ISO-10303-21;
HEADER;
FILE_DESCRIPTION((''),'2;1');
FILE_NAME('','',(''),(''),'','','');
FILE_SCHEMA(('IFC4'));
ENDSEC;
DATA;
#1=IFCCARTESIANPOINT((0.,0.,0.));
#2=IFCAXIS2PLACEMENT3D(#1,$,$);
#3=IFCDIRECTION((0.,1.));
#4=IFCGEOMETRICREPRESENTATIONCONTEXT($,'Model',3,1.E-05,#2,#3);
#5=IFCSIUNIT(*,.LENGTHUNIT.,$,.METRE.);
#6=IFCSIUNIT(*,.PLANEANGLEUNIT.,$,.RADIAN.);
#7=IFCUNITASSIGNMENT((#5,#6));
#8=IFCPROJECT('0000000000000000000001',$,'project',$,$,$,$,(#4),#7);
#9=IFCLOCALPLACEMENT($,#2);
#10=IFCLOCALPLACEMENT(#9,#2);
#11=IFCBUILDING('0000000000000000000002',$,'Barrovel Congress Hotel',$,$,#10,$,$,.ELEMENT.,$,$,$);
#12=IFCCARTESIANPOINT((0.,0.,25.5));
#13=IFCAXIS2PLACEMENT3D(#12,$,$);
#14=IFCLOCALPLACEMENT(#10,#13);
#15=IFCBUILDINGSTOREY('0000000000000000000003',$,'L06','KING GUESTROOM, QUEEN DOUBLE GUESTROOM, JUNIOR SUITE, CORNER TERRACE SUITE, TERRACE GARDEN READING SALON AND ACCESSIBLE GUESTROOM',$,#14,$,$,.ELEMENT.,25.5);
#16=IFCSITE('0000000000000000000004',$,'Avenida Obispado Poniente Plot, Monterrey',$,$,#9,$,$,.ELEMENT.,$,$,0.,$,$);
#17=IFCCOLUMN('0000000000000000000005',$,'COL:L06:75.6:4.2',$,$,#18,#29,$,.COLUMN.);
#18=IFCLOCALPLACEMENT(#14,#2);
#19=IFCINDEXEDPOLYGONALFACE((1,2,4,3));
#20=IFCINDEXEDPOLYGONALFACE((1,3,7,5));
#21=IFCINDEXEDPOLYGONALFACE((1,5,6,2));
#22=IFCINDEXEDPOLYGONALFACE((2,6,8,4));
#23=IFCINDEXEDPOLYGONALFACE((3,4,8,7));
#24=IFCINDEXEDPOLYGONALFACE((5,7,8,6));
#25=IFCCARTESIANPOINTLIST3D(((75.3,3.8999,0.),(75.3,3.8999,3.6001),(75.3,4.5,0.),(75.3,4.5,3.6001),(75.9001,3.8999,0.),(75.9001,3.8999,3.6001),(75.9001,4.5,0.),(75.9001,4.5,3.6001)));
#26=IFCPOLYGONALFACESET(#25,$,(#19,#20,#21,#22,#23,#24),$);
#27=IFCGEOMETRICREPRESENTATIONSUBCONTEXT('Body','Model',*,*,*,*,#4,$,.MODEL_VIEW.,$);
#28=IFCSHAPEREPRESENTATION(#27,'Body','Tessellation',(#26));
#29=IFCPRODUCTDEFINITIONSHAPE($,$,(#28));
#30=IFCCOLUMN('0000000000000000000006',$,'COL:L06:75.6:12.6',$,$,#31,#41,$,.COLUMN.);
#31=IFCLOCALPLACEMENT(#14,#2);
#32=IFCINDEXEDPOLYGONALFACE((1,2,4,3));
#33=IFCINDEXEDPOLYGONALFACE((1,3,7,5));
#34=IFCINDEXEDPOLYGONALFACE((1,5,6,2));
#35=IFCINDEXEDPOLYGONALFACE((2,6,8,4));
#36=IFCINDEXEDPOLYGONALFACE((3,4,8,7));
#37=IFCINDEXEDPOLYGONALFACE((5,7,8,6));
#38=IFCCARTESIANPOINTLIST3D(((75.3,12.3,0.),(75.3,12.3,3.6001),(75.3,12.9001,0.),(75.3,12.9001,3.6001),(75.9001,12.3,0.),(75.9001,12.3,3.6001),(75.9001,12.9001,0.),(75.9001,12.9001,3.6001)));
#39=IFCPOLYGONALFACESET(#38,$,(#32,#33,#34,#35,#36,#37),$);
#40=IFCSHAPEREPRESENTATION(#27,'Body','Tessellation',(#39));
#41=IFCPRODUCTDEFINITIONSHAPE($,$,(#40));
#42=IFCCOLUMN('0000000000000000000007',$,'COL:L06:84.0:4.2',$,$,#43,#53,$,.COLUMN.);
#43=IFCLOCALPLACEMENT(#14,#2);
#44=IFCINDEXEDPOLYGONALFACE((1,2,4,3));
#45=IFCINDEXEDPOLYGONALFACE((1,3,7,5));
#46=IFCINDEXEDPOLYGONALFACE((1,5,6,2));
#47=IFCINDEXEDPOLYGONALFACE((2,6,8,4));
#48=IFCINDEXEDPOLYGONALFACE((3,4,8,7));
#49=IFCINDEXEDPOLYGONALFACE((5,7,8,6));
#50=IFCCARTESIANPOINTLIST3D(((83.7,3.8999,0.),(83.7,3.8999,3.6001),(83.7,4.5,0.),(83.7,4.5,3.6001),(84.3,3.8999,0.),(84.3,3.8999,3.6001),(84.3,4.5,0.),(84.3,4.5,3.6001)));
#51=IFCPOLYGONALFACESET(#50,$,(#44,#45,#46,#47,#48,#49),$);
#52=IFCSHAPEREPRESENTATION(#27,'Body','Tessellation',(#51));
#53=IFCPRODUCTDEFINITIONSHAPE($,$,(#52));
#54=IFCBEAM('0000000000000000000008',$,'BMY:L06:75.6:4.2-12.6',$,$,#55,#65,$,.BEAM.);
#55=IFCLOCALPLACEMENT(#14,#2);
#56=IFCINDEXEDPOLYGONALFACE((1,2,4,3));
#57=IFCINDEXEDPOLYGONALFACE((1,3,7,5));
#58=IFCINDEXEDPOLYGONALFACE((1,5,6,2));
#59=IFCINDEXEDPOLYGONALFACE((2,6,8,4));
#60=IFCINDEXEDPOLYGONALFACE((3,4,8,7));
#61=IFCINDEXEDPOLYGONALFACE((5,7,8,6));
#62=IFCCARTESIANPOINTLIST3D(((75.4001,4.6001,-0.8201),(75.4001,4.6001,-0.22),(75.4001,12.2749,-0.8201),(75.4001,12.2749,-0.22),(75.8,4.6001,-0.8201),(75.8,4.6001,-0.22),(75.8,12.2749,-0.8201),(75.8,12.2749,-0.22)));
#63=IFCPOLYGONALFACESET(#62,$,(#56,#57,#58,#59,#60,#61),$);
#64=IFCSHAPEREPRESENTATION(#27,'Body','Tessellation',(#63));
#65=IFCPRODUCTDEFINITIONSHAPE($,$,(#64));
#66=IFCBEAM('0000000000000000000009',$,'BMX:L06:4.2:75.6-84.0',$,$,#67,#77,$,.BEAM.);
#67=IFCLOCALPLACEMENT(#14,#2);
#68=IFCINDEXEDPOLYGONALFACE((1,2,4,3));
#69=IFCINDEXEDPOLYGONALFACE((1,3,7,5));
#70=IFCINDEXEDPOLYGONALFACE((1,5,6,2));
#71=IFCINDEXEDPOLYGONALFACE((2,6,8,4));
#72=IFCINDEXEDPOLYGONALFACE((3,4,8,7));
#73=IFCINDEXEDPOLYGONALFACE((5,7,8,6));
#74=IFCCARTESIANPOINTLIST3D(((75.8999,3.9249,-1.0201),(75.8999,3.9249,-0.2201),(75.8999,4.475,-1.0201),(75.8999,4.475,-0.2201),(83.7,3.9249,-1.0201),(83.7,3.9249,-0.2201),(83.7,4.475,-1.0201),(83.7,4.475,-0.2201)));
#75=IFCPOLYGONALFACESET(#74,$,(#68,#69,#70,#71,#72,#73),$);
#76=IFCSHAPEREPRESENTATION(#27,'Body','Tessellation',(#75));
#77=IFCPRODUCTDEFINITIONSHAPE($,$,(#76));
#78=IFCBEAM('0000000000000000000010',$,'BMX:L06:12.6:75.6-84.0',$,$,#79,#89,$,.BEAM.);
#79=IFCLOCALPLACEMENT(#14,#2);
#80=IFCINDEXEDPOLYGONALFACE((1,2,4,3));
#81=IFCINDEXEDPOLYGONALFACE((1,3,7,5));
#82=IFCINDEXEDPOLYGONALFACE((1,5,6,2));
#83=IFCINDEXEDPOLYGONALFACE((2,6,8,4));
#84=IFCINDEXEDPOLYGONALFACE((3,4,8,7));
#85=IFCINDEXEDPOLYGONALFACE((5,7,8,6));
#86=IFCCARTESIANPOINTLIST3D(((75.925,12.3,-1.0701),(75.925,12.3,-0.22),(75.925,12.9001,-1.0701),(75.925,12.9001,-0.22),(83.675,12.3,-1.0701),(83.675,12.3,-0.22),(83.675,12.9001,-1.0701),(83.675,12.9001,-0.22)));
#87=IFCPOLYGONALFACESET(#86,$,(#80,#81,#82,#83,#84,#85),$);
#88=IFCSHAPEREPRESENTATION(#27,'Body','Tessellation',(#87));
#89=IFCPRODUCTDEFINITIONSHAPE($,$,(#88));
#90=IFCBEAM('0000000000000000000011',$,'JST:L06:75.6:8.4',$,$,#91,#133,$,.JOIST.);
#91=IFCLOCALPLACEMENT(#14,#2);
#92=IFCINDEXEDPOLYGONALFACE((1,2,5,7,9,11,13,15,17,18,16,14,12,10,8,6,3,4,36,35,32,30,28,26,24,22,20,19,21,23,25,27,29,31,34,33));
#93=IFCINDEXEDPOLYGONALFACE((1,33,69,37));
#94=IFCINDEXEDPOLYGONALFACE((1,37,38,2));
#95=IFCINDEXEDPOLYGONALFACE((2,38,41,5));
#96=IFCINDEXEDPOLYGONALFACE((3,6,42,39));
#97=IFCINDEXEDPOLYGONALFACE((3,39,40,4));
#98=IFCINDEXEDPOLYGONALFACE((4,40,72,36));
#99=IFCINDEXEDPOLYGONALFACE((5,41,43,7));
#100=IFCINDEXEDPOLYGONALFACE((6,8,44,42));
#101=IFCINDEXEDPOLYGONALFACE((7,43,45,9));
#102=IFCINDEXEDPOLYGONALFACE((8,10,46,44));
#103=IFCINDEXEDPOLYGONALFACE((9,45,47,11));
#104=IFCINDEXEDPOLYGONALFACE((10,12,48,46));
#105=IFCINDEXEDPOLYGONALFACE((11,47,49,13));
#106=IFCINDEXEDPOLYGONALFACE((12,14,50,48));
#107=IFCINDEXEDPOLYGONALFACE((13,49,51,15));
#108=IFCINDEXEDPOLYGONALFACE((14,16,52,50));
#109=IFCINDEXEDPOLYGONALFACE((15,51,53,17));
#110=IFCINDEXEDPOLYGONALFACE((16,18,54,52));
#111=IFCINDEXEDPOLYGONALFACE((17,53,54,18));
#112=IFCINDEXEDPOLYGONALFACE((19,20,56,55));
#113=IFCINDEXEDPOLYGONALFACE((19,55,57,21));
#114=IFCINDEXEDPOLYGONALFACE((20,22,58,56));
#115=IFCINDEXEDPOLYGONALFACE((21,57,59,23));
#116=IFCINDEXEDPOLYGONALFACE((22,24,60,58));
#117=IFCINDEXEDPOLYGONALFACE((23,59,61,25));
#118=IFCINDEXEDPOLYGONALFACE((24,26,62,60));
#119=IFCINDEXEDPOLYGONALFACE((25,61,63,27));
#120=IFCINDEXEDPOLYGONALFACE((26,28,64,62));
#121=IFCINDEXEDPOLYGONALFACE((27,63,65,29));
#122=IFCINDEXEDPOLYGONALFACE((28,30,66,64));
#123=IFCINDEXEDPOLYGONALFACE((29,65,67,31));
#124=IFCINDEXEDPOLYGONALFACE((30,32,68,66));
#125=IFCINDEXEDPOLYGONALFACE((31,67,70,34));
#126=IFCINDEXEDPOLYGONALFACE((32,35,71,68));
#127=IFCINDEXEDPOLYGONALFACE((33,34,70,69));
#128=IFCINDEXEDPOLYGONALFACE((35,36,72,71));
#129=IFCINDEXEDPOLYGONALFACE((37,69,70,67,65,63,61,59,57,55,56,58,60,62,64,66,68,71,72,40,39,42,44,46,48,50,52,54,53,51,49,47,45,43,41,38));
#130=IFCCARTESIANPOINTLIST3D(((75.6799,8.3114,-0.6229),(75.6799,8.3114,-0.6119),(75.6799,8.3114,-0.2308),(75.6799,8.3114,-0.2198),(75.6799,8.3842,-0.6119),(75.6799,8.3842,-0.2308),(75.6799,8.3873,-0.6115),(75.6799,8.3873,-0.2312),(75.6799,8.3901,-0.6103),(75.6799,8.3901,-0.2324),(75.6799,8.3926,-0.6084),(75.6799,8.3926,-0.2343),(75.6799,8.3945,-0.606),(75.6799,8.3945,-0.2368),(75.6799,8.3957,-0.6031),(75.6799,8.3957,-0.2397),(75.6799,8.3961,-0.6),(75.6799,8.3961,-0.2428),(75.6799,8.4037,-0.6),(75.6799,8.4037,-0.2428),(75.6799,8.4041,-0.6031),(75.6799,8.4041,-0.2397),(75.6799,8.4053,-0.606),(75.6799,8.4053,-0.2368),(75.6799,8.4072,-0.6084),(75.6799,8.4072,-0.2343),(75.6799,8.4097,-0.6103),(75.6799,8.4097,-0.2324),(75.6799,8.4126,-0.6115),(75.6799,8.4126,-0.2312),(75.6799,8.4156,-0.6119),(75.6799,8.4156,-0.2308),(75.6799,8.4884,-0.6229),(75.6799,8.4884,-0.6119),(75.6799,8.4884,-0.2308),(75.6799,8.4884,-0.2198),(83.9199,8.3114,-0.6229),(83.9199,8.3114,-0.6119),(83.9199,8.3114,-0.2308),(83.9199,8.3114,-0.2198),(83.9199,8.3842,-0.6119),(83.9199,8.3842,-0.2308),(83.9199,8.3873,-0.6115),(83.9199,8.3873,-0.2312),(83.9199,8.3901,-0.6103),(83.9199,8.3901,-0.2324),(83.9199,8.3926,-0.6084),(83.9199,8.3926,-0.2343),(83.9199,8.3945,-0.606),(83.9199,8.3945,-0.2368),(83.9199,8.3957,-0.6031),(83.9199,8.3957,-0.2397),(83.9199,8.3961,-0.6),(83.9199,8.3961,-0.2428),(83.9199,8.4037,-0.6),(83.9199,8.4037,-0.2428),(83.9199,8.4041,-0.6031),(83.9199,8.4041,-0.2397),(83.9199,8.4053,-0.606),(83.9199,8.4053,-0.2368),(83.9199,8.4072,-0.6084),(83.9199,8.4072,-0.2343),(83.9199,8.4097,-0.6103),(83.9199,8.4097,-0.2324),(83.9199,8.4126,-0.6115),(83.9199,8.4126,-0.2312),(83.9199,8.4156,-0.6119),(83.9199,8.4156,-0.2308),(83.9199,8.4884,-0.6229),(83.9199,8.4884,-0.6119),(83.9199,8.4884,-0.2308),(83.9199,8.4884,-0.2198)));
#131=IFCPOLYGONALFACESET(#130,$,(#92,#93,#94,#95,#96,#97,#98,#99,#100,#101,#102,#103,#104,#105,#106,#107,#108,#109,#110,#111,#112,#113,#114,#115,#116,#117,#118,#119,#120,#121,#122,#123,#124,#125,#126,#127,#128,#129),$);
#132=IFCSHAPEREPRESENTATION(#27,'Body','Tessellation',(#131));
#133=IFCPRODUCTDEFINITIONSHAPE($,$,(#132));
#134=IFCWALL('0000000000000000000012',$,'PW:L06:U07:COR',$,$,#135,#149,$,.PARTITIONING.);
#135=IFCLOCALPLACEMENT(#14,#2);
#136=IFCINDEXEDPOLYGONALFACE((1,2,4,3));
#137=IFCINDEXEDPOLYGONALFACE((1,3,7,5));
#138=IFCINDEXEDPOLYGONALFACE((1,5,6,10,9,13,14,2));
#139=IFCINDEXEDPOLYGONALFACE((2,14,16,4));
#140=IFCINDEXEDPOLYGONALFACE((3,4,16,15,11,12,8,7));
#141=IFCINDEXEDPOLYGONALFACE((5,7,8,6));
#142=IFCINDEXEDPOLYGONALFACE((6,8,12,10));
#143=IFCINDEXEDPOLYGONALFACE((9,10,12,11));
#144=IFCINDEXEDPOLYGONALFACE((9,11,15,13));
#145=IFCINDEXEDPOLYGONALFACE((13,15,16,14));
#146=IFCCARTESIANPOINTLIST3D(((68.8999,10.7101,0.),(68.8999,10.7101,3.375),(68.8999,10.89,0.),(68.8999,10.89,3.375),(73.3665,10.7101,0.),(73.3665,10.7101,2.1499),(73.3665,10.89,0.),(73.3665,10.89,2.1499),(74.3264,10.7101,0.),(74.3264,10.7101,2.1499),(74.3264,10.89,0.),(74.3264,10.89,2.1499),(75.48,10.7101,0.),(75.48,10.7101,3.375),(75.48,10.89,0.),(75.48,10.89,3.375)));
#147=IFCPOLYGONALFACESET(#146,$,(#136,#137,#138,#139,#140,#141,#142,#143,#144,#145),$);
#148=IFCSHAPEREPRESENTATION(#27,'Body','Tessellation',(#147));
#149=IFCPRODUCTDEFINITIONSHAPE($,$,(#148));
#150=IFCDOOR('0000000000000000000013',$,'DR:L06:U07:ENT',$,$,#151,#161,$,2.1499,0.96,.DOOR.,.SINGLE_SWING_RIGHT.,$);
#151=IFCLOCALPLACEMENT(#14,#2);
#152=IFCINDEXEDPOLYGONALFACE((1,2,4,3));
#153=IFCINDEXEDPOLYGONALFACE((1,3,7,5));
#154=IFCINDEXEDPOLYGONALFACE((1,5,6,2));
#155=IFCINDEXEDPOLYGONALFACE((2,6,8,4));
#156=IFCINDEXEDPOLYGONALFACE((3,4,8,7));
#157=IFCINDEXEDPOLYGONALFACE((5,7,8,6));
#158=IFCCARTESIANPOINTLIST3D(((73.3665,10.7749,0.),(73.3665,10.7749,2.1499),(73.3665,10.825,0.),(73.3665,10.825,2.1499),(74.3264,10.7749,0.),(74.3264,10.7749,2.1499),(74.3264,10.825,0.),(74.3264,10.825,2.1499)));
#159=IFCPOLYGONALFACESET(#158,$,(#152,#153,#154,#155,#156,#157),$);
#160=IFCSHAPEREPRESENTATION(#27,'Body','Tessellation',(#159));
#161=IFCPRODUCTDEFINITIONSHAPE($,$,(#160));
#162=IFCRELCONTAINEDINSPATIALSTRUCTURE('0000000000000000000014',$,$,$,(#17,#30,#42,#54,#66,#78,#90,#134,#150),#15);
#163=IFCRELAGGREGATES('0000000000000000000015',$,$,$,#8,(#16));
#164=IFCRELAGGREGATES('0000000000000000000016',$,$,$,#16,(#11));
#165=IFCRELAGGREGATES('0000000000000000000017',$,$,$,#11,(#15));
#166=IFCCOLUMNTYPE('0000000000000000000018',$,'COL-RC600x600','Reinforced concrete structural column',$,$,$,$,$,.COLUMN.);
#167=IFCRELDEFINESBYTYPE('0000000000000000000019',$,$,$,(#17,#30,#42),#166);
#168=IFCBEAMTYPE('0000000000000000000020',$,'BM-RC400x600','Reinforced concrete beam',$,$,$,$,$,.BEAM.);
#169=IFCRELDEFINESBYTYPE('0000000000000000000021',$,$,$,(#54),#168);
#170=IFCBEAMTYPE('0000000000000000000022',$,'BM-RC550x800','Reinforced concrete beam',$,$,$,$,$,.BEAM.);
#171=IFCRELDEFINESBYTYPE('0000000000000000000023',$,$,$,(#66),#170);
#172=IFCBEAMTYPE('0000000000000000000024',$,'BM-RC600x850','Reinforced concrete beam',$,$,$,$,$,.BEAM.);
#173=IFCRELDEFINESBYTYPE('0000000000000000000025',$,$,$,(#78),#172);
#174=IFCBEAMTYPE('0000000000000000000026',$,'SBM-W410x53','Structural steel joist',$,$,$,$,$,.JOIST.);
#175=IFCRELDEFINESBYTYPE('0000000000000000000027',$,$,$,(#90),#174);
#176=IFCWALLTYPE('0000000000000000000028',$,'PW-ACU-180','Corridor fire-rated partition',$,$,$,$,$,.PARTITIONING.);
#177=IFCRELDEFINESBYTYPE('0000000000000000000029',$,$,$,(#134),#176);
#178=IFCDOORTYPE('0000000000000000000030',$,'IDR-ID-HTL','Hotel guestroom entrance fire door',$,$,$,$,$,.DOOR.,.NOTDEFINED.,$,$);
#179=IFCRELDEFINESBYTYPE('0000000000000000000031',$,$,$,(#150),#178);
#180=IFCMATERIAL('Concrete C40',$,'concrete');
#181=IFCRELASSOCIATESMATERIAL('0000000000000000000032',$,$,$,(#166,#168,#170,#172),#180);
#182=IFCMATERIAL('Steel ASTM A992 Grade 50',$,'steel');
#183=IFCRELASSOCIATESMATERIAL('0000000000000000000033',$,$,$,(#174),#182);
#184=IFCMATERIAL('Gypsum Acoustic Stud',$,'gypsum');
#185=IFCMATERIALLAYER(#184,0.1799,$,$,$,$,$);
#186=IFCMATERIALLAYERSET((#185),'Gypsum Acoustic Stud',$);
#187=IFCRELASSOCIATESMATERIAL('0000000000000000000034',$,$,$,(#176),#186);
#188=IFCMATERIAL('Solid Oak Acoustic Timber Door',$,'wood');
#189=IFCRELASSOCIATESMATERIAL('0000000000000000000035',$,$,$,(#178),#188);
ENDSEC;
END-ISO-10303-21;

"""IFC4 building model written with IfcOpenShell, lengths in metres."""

from ifc_helpers import new_model, si_unit, direction, frame, frame_2d, origin, origin_2d, place, context, subcontext, project, spatial, rectangle, i_section, extrude, material, layer, layer_set, material_profile, profile_set, type_object, element, fill, save


model = new_model("IFC4")

# Units and contexts
model_context = context("Model", 3, precision=1e-05, world=origin(), true_north=direction((0.0, 1.0)))
body_context = subcontext(model_context, "Body", "Model", "MODEL_VIEW")
ifc_project = project(units=[si_unit("LENGTHUNIT", "METRE"), si_unit("PLANEANGLEUNIT", "RADIAN")], contexts=[model_context])

# Site, building, storey
site_placement = place(None, origin())
site = spatial("IfcSite", under=ifc_project, at=site_placement, Name="Avenida Obispado Poniente Plot, Monterrey", CompositionType="ELEMENT", RefElevation=0.0)
building_placement = place(site_placement, origin())
building = spatial("IfcBuilding", under=site, at=building_placement, Name="Barrovel Congress Hotel", CompositionType="ELEMENT")
storey_placement = place(building_placement, frame((0.0, 0.0, 25.5)))
storey = spatial("IfcBuildingStorey", under=building, at=storey_placement, Name="L06", Description="KING GUESTROOM, QUEEN DOUBLE GUESTROOM, JUNIOR SUITE, CORNER TERRACE SUITE, TERRACE GARDEN READING SALON AND ACCESSIBLE GUESTROOM", CompositionType="ELEMENT", Elevation=25.5)

# Columns
ifc_material_1 = material(Name="Concrete C40", Category="concrete")
ifc_material_profile_1 = material_profile(ifc_material_1, rectangle(XDim=0.6001, YDim=0.6001, at=origin_2d()), Name="RC600x600")
ifc_profile_set_1 = profile_set([ifc_material_profile_1], Name="Concrete C40")
column_type = type_object("IfcColumnType", Name="COL-RC600x600", Description="Reinforced concrete structural column", PredefinedType="COLUMN", material=ifc_profile_set_1)
for number, where, z_axis, x_axis, name in (
    (1, (75.6001, 4.2, 0.0), (0.0, 0.0, 1.0), (1.0, 0.0, 0.0), "COL:L06:75.6:4.2"),
    (2, (75.6001, 12.6001, 0.0), (0.0, 0.0, 1.0), (1.0, 0.0, 0.0), "COL:L06:75.6:12.6"),
    (3, (84.0, 4.2, 0.0), (0.0, 0.0, 1.0), (1.0, 0.0, 0.0), "COL:L06:84.0:4.2"),
):
    element("IfcColumn", number, at=place(storey_placement, frame(where, z_axis=z_axis, x_axis=x_axis)), inside=storey, type_object=column_type, Name=name, PredefinedType="COLUMN", context=body_context, shape_type="SweptSolid", body=[
        extrude(rectangle(XDim=0.6001, YDim=0.6001, at=origin_2d()), origin(), (0.0, 0.0, 1.0), 3.6001),
    ])

# Beams
ifc_material_profile_2 = material_profile(ifc_material_1, rectangle(XDim=0.3999, YDim=0.6001, at=origin_2d()), Name="RC400x600")
ifc_profile_set_2 = profile_set([ifc_material_profile_2], Name="Concrete C40")
beam_type_1 = type_object("IfcBeamType", Name="BM-RC400x600", Description="Reinforced concrete beam", PredefinedType="BEAM", material=ifc_profile_set_2)
beam_1_placement = place(storey_placement, frame((75.6001, 4.6001, -0.52), z_axis=(0.0, 1.0, 0.0), x_axis=(-1.0, 0.0, 0.0)))
element("IfcBeam", 4, at=beam_1_placement, inside=storey, type_object=beam_type_1, Name="BMY:L06:75.6:4.2-12.6", PredefinedType="BEAM", context=body_context, shape_type="SweptSolid", body=[
    extrude(rectangle(XDim=0.3999, YDim=0.6001, at=origin_2d()), origin(), (0.0, 0.0, 1.0), 7.6748),
])
ifc_material_profile_3 = material_profile(ifc_material_1, rectangle(XDim=0.55, YDim=0.8, at=origin_2d()), Name="RC550x800")
ifc_profile_set_3 = profile_set([ifc_material_profile_3], Name="Concrete C40")
beam_type_2 = type_object("IfcBeamType", Name="BM-RC550x800", Description="Reinforced concrete beam", PredefinedType="BEAM", material=ifc_profile_set_3)
beam_2_placement = place(storey_placement, frame((75.8999, 4.2, -0.6201), z_axis=(1.0, 0.0, 0.0), x_axis=(0.0, 1.0, 0.0)))
element("IfcBeam", 5, at=beam_2_placement, inside=storey, type_object=beam_type_2, Name="BMX:L06:4.2:75.6-84.0", PredefinedType="BEAM", context=body_context, shape_type="SweptSolid", body=[
    extrude(rectangle(XDim=0.55, YDim=0.8, at=origin_2d()), origin(), (0.0, 0.0, 1.0), 7.8),
])
ifc_material_profile_4 = material_profile(ifc_material_1, rectangle(XDim=0.6001, YDim=0.8501, at=origin_2d()), Name="RC600x850")
ifc_profile_set_4 = profile_set([ifc_material_profile_4], Name="Concrete C40")
beam_type_3 = type_object("IfcBeamType", Name="BM-RC600x850", Description="Reinforced concrete beam", PredefinedType="BEAM", material=ifc_profile_set_4)
beam_3_placement = place(storey_placement, frame((75.925, 12.6001, -0.645), z_axis=(1.0, 0.0, 0.0), x_axis=(0.0, 1.0, 0.0)))
element("IfcBeam", 6, at=beam_3_placement, inside=storey, type_object=beam_type_3, Name="BMX:L06:12.6:75.6-84.0", PredefinedType="BEAM", context=body_context, shape_type="SweptSolid", body=[
    extrude(rectangle(XDim=0.6001, YDim=0.8501, at=origin_2d()), origin(), (0.0, 0.0, 1.0), 7.75),
])
ifc_material_2 = material(Name="Steel ASTM A992 Grade 50", Category="steel")
ifc_material_profile_5 = material_profile(ifc_material_2, i_section(OverallWidth=0.177, OverallDepth=0.4031, WebThickness=0.0076, FlangeThickness=0.011, FilletRadius=0.012, at=origin_2d()), Name="W410x53")
ifc_profile_set_5 = profile_set([ifc_material_profile_5], Name="Steel ASTM A992 Grade 50")
beam_type_4 = type_object("IfcBeamType", Name="SBM-W410x53", Description="Structural steel joist", PredefinedType="JOIST", material=ifc_profile_set_5)
beam_4_placement = place(storey_placement, frame((75.6799, 8.3999, -0.4214), z_axis=(1.0, 0.0, 0.0), x_axis=(0.0, 1.0, 0.0)))
element("IfcBeam", 7, at=beam_4_placement, inside=storey, type_object=beam_type_4, Name="JST:L06:75.6:8.4", PredefinedType="JOIST", context=body_context, shape_type="SweptSolid", body=[
    extrude(i_section(OverallWidth=0.177, OverallDepth=0.4031, WebThickness=0.0076, FlangeThickness=0.011, FilletRadius=0.012, at=origin_2d()), origin(), (0.0, 0.0, 1.0), 8.24),
])

# Wall, opening, door
ifc_material_3 = material(Name="Gypsum Acoustic Stud", Category="gypsum")
ifc_layer_1 = layer(ifc_material_3, 0.1799)
ifc_layer_set_1 = layer_set([ifc_layer_1], Name="Gypsum Acoustic Stud")
wall_type_1 = type_object("IfcWallType", Name="PW-ACU-180", Description="Corridor fire-rated partition", PredefinedType="PARTITIONING", material=ifc_layer_set_1)
wall_1_placement = place(storey_placement, frame((68.8999, 10.8, 0.0), z_axis=(0.0, 0.0, 1.0), x_axis=(1.0, 0.0, 0.0)))
wall_1 = element("IfcWall", 8, at=wall_1_placement, inside=storey, type_object=wall_type_1, Name="PW:L06:U07:COR", PredefinedType="PARTITIONING", context=body_context, shape_type="SweptSolid", body=[
    extrude(rectangle(XDim=6.5801, YDim=0.1799, at=frame_2d((3.29, 0.0))), origin(), (0.0, 0.0, 1.0), 3.375),
])
opening_1_placement = place(wall_1_placement, frame((4.4666, 0.0, 0.0)))
opening_1 = element("IfcOpeningElement", 9, at=opening_1_placement, cuts=wall_1, PredefinedType="OPENING", context=body_context, shape_type="SweptSolid", body=[
    extrude(rectangle(XDim=0.96, YDim=2.1499, at=frame_2d((0.48, 1.075))), frame((0.0, 0.1001, 0.0), z_axis=(0.0, -1.0, 0.0), x_axis=(1.0, 0.0, 0.0)), (0.0, 0.0, 1.0), 0.2),
])
ifc_material_4 = material(Name="Solid Oak Acoustic Timber Door", Category="wood")
door_type_1 = type_object("IfcDoorType", Name="IDR-ID-HTL", Description="Hotel guestroom entrance fire door", OperationType="NOTDEFINED", PredefinedType="DOOR", material=ifc_material_4)
door_1_placement = place(opening_1_placement, origin())
door_1 = element("IfcDoor", 10, at=door_1_placement, inside=storey, type_object=door_type_1, Name="DR:L06:U07:ENT", OperationType="SINGLE_SWING_RIGHT", OverallHeight=2.1499, OverallWidth=0.96, PredefinedType="DOOR", context=body_context, shape_type="SweptSolid", body=[
    extrude(rectangle(XDim=0.96, YDim=2.1499, at=frame_2d((0.48, 1.075))), frame((0.0, 0.0249, 0.0), z_axis=(0.0, -1.0, 0.0), x_axis=(1.0, 0.0, 0.0)), (0.0, 0.0, 1.0), 0.05),
])
fill(opening_1, door_1)

save(model, "model.ifc")
